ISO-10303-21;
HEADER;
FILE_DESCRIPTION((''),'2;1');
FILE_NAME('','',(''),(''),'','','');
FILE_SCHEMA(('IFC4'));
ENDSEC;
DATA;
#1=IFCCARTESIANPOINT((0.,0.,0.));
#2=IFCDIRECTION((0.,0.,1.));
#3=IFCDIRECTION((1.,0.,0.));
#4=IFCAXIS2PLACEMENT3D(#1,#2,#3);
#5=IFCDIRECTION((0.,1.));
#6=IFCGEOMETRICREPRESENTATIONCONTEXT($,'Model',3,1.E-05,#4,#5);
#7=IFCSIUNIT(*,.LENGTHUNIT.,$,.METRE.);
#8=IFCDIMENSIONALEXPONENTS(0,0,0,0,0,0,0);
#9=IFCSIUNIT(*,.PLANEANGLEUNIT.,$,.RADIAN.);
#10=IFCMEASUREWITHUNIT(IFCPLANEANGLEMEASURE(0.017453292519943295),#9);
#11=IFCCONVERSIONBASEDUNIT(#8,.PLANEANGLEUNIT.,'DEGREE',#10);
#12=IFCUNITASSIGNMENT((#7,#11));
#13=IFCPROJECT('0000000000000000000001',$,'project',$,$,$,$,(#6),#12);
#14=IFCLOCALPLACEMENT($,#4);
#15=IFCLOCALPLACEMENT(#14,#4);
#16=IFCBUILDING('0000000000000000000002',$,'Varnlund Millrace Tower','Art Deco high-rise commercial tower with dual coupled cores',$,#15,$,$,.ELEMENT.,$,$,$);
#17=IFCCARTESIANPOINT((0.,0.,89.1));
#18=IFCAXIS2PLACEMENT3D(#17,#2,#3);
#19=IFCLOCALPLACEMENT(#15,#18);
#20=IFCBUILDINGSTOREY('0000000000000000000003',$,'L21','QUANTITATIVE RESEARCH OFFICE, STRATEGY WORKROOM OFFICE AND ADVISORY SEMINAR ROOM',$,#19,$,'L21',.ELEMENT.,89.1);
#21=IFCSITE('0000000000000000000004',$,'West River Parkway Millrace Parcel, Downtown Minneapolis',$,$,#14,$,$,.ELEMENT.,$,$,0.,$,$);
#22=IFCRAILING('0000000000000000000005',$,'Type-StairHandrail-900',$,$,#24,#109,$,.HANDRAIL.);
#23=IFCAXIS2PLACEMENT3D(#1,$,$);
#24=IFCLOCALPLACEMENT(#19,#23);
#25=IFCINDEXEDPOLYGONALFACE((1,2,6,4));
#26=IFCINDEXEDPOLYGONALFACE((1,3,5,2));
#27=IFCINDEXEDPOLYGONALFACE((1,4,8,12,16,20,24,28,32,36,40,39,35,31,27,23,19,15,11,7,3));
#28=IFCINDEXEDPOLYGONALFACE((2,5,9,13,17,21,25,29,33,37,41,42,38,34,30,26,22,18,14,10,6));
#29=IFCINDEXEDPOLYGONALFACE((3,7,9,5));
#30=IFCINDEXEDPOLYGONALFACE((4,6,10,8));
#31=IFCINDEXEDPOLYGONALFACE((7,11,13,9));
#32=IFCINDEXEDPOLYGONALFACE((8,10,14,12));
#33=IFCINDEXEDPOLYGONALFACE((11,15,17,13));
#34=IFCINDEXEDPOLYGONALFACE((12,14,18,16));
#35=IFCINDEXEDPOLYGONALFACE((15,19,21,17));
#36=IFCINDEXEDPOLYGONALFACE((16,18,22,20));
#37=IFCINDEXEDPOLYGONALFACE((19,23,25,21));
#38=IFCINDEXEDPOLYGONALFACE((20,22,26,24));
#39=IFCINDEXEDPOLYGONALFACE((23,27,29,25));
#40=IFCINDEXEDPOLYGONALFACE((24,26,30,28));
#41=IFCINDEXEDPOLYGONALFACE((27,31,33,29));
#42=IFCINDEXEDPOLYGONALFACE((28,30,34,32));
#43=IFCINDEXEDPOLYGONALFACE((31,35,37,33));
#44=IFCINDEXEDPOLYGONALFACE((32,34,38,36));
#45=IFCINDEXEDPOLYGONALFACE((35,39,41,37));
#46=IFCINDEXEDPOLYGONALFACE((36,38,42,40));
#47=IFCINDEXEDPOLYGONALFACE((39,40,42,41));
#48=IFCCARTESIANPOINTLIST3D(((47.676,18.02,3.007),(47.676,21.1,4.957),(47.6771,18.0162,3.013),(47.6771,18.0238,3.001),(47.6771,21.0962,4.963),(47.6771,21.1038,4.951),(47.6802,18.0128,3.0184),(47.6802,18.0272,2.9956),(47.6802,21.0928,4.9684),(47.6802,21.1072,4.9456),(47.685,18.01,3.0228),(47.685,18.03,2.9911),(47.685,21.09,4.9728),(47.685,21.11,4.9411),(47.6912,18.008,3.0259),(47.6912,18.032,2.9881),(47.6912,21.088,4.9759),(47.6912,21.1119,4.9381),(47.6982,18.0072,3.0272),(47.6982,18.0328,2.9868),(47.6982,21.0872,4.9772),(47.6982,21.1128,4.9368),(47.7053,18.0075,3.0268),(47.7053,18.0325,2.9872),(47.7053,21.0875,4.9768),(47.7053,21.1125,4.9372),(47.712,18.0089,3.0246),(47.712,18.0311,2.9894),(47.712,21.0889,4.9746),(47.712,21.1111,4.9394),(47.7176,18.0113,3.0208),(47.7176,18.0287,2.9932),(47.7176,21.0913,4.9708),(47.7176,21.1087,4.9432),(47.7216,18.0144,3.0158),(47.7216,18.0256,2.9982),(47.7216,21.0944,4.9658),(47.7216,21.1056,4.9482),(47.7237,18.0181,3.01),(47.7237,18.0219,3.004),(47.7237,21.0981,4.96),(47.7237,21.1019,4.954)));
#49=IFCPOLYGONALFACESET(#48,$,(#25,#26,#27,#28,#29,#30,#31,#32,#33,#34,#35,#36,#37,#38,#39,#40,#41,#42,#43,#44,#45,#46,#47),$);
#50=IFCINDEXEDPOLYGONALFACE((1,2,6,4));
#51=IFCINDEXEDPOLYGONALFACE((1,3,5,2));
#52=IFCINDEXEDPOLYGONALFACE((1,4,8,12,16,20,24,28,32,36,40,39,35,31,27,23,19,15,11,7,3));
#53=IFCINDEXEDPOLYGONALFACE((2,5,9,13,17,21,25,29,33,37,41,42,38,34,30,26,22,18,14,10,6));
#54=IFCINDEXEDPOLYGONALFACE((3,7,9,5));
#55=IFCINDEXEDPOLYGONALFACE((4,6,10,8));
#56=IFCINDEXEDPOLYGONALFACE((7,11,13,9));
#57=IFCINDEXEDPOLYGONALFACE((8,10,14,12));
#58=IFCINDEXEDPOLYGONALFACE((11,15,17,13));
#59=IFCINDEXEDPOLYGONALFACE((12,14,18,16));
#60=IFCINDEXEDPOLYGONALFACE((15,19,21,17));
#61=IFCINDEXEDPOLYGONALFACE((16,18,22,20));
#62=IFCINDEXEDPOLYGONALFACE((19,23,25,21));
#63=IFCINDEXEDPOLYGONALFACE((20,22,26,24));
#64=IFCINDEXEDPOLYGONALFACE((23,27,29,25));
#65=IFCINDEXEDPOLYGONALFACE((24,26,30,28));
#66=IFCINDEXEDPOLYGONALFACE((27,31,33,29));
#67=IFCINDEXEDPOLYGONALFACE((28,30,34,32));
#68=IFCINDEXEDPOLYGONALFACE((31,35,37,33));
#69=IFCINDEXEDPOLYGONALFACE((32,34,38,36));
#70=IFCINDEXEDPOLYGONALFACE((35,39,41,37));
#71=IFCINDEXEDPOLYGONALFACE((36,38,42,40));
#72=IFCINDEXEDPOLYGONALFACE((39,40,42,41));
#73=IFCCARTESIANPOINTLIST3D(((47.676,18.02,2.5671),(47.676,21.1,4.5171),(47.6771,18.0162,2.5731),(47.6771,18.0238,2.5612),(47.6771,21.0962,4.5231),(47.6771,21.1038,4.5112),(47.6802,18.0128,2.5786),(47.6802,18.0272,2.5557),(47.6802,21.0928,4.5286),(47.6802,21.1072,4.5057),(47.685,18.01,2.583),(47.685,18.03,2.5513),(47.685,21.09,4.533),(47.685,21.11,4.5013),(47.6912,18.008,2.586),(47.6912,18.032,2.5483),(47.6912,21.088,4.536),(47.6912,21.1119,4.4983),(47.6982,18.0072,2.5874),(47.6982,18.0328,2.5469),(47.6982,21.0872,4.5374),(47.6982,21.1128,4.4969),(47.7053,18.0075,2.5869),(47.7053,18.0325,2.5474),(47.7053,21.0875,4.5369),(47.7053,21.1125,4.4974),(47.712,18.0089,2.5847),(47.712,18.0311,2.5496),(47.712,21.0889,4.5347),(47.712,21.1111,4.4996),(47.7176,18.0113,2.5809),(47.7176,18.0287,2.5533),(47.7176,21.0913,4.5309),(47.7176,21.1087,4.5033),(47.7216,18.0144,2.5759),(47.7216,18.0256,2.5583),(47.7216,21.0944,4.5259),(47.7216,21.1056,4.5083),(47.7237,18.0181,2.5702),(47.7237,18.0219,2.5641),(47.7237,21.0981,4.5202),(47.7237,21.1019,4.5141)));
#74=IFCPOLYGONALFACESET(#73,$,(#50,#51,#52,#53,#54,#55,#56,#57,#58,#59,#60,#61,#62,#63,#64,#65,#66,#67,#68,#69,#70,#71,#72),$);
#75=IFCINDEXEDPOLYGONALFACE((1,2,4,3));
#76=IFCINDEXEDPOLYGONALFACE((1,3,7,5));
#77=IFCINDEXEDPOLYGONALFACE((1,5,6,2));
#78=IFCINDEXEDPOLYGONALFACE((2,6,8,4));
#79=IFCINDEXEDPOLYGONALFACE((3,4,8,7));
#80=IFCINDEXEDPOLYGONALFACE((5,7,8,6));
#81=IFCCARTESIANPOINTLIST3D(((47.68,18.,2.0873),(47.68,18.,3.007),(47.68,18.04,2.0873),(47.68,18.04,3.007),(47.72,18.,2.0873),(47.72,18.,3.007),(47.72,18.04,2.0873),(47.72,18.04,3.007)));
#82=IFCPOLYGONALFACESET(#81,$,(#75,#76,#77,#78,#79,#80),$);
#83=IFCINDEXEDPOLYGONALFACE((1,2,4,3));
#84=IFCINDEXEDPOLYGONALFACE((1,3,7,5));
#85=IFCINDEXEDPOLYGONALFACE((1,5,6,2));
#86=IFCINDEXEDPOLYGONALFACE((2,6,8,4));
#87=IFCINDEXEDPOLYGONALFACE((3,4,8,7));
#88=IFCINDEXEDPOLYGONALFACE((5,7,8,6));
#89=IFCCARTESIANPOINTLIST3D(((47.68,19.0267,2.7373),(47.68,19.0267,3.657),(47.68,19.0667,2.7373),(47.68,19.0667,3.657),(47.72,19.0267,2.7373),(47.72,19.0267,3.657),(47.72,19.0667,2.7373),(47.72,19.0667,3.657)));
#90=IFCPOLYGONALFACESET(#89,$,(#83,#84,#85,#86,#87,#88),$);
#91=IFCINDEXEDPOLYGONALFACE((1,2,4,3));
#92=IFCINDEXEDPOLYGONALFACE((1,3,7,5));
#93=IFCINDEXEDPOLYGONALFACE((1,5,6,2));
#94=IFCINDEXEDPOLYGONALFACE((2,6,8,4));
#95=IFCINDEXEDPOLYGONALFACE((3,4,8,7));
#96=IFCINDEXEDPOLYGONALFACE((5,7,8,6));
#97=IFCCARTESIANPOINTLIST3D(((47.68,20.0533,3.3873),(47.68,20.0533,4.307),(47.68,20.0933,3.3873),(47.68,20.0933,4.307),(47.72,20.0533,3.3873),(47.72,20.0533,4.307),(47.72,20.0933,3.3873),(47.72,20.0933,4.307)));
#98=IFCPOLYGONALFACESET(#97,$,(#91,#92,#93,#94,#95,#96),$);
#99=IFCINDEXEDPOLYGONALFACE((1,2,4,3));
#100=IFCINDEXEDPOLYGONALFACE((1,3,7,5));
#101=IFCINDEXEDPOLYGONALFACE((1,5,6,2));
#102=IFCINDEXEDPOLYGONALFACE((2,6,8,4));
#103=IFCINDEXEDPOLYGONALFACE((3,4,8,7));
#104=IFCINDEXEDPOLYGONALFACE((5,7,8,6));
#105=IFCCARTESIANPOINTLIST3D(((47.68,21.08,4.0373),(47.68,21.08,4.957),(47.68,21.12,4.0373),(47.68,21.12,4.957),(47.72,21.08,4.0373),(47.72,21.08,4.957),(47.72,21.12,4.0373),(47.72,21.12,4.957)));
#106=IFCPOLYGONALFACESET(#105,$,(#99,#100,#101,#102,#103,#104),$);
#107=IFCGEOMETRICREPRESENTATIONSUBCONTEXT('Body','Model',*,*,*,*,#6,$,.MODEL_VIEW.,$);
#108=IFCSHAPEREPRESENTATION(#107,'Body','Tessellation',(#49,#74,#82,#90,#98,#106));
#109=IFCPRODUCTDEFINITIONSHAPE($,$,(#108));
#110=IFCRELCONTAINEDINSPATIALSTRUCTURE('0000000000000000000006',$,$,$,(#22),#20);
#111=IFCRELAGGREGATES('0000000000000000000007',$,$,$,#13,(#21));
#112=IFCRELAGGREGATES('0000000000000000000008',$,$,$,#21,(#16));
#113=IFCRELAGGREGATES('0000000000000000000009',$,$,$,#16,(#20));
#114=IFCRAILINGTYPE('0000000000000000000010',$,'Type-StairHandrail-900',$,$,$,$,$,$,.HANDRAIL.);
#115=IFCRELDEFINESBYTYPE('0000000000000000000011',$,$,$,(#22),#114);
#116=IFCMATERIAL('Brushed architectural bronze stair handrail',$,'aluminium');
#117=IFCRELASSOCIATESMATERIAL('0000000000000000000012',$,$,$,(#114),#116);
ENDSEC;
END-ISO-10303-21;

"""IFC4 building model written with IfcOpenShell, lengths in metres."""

from ifc_helpers import new_model, entity, si_unit, converted_unit, direction, frame, origin_with_axes, origin_2d_with_axis, place, context, subcontext, project, spatial, rectangle, circle, extrude, material, type_object, element, save


model = new_model("IFC4")

# Units and contexts
model_context = context("Model", 3, precision=1e-05, world=origin_with_axes(), true_north=direction((0.0, 1.0)))
body_context = subcontext(model_context, "Body", "Model", "MODEL_VIEW")
ifc_project = project(units=[si_unit("LENGTHUNIT", "METRE"), converted_unit("PLANEANGLEUNIT", "DEGREE", entity("IfcPlaneAngleMeasure", 0.017453292519943295), si_unit("PLANEANGLEUNIT", "RADIAN"), dimensions=[0, 0, 0, 0, 0, 0, 0])], contexts=[model_context])

# Site, building, storey
site_placement = place(None, origin_with_axes())
site = spatial("IfcSite", under=ifc_project, at=site_placement, Name="West River Parkway Millrace Parcel, Downtown Minneapolis", CompositionType="ELEMENT", RefElevation=0.0)
building_placement = place(site_placement, origin_with_axes())
building = spatial("IfcBuilding", under=site, at=building_placement, Name="Varnlund Millrace Tower", Description="Art Deco high-rise commercial tower with dual coupled cores", CompositionType="ELEMENT")
storey_placement = place(building_placement, frame((0.0, 0.0, 89.1), z_axis=(0.0, 0.0, 1.0), x_axis=(1.0, 0.0, 0.0)))
storey = spatial("IfcBuildingStorey", under=building, at=storey_placement, Name="L21", Description="QUANTITATIVE RESEARCH OFFICE, STRATEGY WORKROOM OFFICE AND ADVISORY SEMINAR ROOM", LongName="L21", CompositionType="ELEMENT", Elevation=89.1)

# Railing
ifc_material_1 = material(Name="Brushed architectural bronze stair handrail", Category="aluminium")
railing_type_1 = type_object("IfcRailingType", Name="Type-StairHandrail-900", PredefinedType="HANDRAIL", material=ifc_material_1)
railing_1_placement = place(storey_placement, frame((0.0, 0.0, -89.1), z_axis=(0.0, 0.0, 1.0), x_axis=(1.0, 0.0, 0.0)))
element("IfcRailing", 1, at=railing_1_placement, inside=storey, type_object=railing_type_1, Name="Type-StairHandrail-900", PredefinedType="HANDRAIL", context=body_context, shape_type="SweptSolid", body=[
    extrude(circle(Radius=0.024, at=origin_2d_with_axis()), frame((47.7, 18.02, 92.107), z_axis=(0.0, 0.844902, 0.534922), x_axis=(-1.0, 0.0, 0.0)), (0.0, 0.0, 1.0), 3.6454),
    extrude(circle(Radius=0.024, at=origin_2d_with_axis()), frame((47.7, 18.02, 91.6671), z_axis=(0.0, 0.844902, 0.534922), x_axis=(-1.0, 0.0, 0.0)), (0.0, 0.0, 1.0), 3.6454),
    extrude(rectangle(XDim=0.04, YDim=0.04, at=origin_2d_with_axis()), frame((47.7, 18.02, 91.1873), z_axis=(0.0, 0.0, 1.0), x_axis=(1.0, 0.0, 0.0)), (0.0, 0.0, 1.0), 0.9197),
    extrude(rectangle(XDim=0.04, YDim=0.04, at=origin_2d_with_axis()), frame((47.7, 19.0467, 91.8373), z_axis=(0.0, 0.0, 1.0), x_axis=(1.0, 0.0, 0.0)), (0.0, 0.0, 1.0), 0.9197),
    extrude(rectangle(XDim=0.04, YDim=0.04, at=origin_2d_with_axis()), frame((47.7, 20.0733, 92.4873), z_axis=(0.0, 0.0, 1.0), x_axis=(1.0, 0.0, 0.0)), (0.0, 0.0, 1.0), 0.9197),
    extrude(rectangle(XDim=0.04, YDim=0.04, at=origin_2d_with_axis()), frame((47.7, 21.1, 93.1373), z_axis=(0.0, 0.0, 1.0), x_axis=(1.0, 0.0, 0.0)), (0.0, 0.0, 1.0), 0.9197),
])

save(model, "model.ifc")
